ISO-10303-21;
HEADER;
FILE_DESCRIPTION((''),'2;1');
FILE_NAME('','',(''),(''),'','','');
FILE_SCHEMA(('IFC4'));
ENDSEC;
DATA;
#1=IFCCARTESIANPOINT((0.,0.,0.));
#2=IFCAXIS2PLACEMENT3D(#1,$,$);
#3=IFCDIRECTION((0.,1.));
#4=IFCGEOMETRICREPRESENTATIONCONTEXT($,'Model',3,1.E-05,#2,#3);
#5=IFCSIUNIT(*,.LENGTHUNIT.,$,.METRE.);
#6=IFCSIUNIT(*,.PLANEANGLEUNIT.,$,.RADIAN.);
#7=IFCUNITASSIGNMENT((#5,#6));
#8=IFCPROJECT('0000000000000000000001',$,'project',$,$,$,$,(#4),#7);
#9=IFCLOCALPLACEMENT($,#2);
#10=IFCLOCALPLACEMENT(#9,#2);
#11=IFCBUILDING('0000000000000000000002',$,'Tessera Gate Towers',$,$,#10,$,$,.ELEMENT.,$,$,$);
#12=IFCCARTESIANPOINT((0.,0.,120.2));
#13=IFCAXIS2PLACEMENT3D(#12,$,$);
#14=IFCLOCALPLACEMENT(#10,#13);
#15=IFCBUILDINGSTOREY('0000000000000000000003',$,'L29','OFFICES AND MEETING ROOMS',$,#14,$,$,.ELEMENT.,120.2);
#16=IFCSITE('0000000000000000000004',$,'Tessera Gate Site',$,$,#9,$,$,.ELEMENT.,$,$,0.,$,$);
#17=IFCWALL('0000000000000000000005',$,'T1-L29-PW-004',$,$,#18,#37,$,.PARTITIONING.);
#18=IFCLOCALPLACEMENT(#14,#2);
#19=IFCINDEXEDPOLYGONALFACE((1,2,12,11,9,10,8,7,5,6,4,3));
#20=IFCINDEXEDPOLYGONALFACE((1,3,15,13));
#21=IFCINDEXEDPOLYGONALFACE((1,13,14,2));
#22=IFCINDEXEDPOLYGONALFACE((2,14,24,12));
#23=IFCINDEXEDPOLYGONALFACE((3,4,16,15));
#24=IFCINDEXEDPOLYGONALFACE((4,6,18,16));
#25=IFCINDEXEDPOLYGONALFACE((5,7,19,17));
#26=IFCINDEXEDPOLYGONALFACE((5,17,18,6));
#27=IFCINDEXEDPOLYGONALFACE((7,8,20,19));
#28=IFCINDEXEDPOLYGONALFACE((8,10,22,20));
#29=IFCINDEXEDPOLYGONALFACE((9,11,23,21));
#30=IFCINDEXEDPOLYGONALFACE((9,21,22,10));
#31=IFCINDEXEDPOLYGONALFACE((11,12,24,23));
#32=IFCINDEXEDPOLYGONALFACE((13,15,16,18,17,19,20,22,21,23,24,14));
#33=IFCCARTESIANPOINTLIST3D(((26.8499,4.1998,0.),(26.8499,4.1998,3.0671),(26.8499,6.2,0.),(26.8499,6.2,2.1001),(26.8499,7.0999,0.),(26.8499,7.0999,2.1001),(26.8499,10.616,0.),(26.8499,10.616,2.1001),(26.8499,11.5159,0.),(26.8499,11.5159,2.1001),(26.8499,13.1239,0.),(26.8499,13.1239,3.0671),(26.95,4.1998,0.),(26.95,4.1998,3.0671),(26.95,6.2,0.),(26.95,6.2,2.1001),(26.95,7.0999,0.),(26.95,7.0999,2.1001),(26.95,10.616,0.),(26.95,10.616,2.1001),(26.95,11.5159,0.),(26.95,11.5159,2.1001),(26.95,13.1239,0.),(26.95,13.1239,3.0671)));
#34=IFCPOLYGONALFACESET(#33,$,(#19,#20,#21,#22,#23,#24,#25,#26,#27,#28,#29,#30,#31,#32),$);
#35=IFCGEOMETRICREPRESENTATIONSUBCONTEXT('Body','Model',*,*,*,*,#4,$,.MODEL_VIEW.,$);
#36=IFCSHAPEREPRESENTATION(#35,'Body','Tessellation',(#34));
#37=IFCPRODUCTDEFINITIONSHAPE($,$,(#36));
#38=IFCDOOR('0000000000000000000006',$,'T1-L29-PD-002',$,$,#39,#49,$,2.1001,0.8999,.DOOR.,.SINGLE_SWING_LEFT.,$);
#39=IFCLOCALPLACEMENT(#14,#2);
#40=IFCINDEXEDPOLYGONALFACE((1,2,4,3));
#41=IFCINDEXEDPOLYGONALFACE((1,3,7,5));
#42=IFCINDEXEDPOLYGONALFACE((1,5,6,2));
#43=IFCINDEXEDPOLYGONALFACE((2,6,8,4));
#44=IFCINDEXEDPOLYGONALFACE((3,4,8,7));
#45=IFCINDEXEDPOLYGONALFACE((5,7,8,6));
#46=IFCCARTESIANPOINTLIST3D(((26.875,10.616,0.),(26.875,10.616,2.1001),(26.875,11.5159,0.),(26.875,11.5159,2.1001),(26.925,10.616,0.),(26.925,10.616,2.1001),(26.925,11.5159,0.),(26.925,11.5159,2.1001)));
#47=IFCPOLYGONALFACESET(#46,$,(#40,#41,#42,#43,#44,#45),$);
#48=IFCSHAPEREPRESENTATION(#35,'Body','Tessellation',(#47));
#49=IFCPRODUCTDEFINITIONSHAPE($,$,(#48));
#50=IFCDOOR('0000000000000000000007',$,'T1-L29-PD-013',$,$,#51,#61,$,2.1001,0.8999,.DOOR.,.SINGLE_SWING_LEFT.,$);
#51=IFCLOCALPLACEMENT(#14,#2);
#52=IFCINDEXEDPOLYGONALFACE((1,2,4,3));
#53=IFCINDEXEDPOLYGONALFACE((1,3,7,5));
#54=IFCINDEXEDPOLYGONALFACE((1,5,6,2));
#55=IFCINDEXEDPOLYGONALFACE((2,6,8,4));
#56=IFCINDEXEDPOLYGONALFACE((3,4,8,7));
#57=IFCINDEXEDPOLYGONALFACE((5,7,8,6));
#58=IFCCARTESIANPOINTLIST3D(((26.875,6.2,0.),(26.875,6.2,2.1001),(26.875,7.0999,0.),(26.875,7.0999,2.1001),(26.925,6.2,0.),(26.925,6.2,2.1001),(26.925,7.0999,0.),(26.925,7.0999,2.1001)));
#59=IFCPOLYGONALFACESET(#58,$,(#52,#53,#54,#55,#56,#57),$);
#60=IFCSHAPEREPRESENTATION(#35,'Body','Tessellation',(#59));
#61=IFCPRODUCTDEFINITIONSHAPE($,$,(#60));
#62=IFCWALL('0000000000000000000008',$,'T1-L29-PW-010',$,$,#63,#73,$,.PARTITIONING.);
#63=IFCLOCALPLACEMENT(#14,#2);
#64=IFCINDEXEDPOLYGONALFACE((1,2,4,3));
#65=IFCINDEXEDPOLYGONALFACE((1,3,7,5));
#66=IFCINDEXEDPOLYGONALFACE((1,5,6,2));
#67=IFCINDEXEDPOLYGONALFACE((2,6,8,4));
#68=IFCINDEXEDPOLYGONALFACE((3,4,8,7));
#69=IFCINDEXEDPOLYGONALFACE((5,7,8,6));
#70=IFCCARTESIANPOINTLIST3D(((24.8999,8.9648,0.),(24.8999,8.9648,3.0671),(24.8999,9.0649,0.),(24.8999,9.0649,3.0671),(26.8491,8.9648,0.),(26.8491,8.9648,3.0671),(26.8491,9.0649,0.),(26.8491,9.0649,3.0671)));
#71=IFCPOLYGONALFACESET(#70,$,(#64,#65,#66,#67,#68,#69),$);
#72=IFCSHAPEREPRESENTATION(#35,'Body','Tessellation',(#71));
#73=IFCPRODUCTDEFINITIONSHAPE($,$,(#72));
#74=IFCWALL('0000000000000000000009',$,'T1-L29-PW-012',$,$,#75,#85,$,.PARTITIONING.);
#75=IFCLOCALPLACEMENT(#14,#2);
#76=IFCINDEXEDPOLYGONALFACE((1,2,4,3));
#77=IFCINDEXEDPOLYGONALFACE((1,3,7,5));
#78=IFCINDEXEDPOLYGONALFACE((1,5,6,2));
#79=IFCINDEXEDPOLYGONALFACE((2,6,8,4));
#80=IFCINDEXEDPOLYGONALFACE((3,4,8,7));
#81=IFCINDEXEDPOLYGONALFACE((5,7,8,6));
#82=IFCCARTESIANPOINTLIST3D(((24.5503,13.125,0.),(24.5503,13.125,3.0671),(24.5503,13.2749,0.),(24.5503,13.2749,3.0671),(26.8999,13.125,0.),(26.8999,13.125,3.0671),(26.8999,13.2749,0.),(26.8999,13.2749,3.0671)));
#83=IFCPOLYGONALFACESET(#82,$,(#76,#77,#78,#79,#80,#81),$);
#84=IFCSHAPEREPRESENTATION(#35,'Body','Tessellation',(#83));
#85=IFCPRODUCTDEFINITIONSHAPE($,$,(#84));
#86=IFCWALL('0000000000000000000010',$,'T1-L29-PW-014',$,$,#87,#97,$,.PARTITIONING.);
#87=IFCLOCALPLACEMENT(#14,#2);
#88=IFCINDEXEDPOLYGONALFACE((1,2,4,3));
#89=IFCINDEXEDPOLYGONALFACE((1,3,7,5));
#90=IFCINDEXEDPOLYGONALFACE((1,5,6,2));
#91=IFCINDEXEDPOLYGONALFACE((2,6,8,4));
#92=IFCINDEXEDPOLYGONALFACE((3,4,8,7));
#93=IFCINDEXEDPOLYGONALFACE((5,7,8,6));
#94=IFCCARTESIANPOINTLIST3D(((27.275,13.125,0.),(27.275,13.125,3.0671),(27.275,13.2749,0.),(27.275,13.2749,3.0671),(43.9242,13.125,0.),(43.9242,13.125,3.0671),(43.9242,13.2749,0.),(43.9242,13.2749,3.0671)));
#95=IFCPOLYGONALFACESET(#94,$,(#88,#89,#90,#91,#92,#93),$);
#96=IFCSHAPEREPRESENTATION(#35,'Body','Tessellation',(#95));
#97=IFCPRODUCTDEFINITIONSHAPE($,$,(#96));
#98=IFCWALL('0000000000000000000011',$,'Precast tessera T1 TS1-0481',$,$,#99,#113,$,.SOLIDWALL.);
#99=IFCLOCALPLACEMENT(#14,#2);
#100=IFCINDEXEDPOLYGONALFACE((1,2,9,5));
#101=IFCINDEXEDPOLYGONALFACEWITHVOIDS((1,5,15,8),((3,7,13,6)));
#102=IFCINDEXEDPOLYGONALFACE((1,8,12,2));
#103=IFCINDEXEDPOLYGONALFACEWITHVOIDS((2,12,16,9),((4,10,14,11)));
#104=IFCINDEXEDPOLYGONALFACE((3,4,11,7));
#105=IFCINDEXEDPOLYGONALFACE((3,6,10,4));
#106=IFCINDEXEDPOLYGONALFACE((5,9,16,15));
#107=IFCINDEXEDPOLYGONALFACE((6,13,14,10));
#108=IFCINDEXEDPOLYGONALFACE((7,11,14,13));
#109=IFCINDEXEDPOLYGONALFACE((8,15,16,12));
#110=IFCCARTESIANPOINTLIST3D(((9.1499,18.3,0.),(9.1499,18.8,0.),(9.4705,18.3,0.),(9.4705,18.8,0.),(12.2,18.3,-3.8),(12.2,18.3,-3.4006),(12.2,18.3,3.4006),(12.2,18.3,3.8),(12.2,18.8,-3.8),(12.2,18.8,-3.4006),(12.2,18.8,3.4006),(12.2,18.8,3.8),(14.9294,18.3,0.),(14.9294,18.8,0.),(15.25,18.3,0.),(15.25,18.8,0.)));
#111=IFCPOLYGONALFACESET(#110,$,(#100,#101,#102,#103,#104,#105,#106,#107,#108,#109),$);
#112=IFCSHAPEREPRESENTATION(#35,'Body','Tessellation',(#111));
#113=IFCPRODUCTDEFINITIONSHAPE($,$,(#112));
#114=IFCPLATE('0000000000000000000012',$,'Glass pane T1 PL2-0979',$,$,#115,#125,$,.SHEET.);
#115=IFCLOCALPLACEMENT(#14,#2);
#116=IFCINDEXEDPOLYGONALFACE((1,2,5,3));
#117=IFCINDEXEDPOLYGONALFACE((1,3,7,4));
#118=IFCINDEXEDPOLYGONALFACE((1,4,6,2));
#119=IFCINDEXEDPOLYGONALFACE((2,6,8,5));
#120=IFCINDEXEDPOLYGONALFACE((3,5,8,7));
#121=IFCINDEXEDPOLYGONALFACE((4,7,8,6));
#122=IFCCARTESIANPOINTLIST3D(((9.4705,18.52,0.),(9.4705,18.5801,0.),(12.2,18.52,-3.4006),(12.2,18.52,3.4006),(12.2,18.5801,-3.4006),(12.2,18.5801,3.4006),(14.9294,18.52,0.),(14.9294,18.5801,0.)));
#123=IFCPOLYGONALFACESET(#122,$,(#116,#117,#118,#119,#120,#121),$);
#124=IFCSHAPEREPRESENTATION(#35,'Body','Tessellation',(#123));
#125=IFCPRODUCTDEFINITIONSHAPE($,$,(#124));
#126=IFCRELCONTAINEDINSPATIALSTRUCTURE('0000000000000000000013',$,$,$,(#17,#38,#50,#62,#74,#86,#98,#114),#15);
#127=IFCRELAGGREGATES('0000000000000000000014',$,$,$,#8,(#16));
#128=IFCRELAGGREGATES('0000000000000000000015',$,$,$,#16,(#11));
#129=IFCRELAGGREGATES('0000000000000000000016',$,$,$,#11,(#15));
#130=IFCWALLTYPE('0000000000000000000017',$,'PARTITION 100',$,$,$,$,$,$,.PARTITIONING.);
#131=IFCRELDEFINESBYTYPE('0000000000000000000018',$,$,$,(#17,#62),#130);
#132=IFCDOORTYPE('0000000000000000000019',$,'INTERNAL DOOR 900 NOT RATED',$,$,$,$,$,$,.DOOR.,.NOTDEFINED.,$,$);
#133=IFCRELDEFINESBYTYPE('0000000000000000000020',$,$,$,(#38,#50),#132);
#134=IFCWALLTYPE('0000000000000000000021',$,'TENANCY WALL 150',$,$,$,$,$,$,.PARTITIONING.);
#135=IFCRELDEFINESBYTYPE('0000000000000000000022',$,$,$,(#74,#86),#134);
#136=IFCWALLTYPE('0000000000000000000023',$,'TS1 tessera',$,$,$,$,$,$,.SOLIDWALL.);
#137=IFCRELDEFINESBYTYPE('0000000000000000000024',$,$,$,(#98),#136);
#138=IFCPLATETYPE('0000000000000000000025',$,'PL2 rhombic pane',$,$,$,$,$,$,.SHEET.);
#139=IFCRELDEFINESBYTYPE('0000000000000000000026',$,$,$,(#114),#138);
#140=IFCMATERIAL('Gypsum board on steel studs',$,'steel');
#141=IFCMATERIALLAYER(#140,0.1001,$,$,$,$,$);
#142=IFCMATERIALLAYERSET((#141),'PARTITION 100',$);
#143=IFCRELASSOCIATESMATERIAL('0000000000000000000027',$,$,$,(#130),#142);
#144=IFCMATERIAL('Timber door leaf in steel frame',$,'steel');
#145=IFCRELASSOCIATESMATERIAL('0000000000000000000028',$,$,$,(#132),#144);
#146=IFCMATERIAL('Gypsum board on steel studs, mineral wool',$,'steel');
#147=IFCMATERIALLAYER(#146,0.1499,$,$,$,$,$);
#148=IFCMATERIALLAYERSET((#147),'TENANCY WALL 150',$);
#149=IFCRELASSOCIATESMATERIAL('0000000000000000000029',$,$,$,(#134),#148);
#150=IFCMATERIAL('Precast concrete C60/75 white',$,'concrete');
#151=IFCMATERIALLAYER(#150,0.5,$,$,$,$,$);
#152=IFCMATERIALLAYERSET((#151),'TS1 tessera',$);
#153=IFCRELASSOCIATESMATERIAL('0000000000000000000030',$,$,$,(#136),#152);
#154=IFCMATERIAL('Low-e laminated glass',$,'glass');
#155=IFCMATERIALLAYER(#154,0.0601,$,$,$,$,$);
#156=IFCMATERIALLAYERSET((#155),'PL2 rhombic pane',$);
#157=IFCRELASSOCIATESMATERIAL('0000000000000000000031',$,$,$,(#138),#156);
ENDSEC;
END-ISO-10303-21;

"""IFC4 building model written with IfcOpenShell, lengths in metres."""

from ifc_helpers import new_model, si_unit, direction, frame, frame_2d, origin, place, context, subcontext, project, spatial, polyline, rectangle, outline, extrude, source, transform, mapped, material, layer, layer_set, type_object, element, fill, save


model = new_model("IFC4")

# Units and contexts
model_context = context("Model", 3, precision=1e-05, world=origin(), true_north=direction((0.0, 1.0)))
body_context = subcontext(model_context, "Body", "Model", "MODEL_VIEW")
ifc_project = project(units=[si_unit("LENGTHUNIT", "METRE"), si_unit("PLANEANGLEUNIT", "RADIAN")], contexts=[model_context])

# Site, building, storey
site_placement = place(None, origin())
site = spatial("IfcSite", under=ifc_project, at=site_placement, Name="Tessera Gate Site", CompositionType="ELEMENT", RefElevation=0.0)
building_placement = place(site_placement, origin())
building = spatial("IfcBuilding", under=site, at=building_placement, Name="Tessera Gate Towers", CompositionType="ELEMENT")
storey_placement = place(building_placement, frame((0.0, 0.0, 120.2)))
storey = spatial("IfcBuildingStorey", under=building, at=storey_placement, Name="L29", Description="OFFICES AND MEETING ROOMS", CompositionType="ELEMENT", Elevation=120.2)

# Shared definitions
shared_shape_1 = source(origin(), body_context, "Body", "SweptSolid", [
    extrude(rectangle(XDim=0.8999, YDim=2.1001, at=frame_2d((0.45, 1.05))), frame((0.0, 0.0601, 0.0), z_axis=(0.0, -1.0, 0.0), x_axis=(1.0, 0.0, 0.0)), (0.0, 0.0, 1.0), 0.1201),
])
shared_shape_2 = source(origin(), body_context, "Body", "SweptSolid", [
    extrude(rectangle(XDim=0.8999, YDim=2.1001, at=frame_2d((0.45, 1.05))), frame((0.0, 0.0249, 0.0), z_axis=(0.0, -1.0, 0.0), x_axis=(1.0, 0.0, 0.0)), (0.0, 0.0, 1.0), 0.05),
])

# Shared definitions
ifc_material_1 = material(Name="Gypsum board on steel studs", Category="steel")
ifc_layer_1 = layer(ifc_material_1, 0.1001)
ifc_layer_set_1 = layer_set([ifc_layer_1], Name="PARTITION 100")
wall_type_1 = type_object("IfcWallType", Name="PARTITION 100", PredefinedType="PARTITIONING", material=ifc_layer_set_1)

# Wall, openings, doors
wall_1_placement = place(storey_placement, frame((26.8999, 4.2, 0.0), z_axis=(0.0, 0.0, 1.0), x_axis=(0.0, 1.0, 0.0)))
wall_1 = element("IfcWall", 1, at=wall_1_placement, inside=storey, type_object=wall_type_1, Name="T1-L29-PW-004", PredefinedType="PARTITIONING", context=body_context, shape_type="SweptSolid", body=[
    extrude(rectangle(XDim=8.9241, YDim=0.1001, at=frame_2d((4.4619, 0.0))), origin(), (0.0, 0.0, 1.0), 3.0671),
])
opening_1_placement = place(wall_1_placement, frame((6.416, 0.0, 0.0)))
opening_1 = element("IfcOpeningElement", 2, at=opening_1_placement, cuts=wall_1, PredefinedType="OPENING", context=body_context, shape_type="MappedRepresentation", body=[
    mapped(shared_shape_1, transform((0.0, 0.0, 0.0), scale=1.0)),
])
opening_2_placement = place(wall_1_placement, frame((2.0, 0.0, 0.0)))
opening_2 = element("IfcOpeningElement", 3, at=opening_2_placement, cuts=wall_1, PredefinedType="OPENING", context=body_context, shape_type="MappedRepresentation", body=[
    mapped(shared_shape_1, transform((0.0, 0.0, 0.0), scale=1.0)),
])
ifc_material_2 = material(Name="Timber door leaf in steel frame", Category="steel")
door_type_1 = type_object("IfcDoorType", Name="INTERNAL DOOR 900 NOT RATED", OperationType="NOTDEFINED", PredefinedType="DOOR", material=ifc_material_2)
door_1_placement = place(opening_1_placement, origin())
door_1 = element("IfcDoor", 4, at=door_1_placement, inside=storey, type_object=door_type_1, Name="T1-L29-PD-002", OperationType="SINGLE_SWING_LEFT", OverallHeight=2.1001, OverallWidth=0.8999, PredefinedType="DOOR", context=body_context, shape_type="MappedRepresentation", body=[
    mapped(shared_shape_2, transform((0.0, 0.0, 0.0), scale=1.0)),
])
fill(opening_1, door_1)
door_2_placement = place(opening_2_placement, origin())
door_2 = element("IfcDoor", 5, at=door_2_placement, inside=storey, type_object=door_type_1, Name="T1-L29-PD-013", OperationType="SINGLE_SWING_LEFT", OverallHeight=2.1001, OverallWidth=0.8999, PredefinedType="DOOR", context=body_context, shape_type="MappedRepresentation", body=[
    mapped(shared_shape_2, transform((0.0, 0.0, 0.0), scale=1.0)),
])
fill(opening_2, door_2)

# Walls
wall_2_placement = place(storey_placement, frame((24.8999, 9.0149, 0.0), z_axis=(0.0, 0.0, 1.0), x_axis=(1.0, 0.0, 0.0)))
element("IfcWall", 6, at=wall_2_placement, inside=storey, type_object=wall_type_1, Name="T1-L29-PW-010", PredefinedType="PARTITIONING", context=body_context, shape_type="SweptSolid", body=[
    extrude(rectangle(XDim=1.9492, YDim=0.1001, at=frame_2d((0.9746, 0.0))), origin(), (0.0, 0.0, 1.0), 3.0671),
])
ifc_material_3 = material(Name="Gypsum board on steel studs, mineral wool", Category="steel")
ifc_layer_2 = layer(ifc_material_3, 0.1499)
ifc_layer_set_2 = layer_set([ifc_layer_2], Name="TENANCY WALL 150")
wall_type_2 = type_object("IfcWallType", Name="TENANCY WALL 150", PredefinedType="PARTITIONING", material=ifc_layer_set_2)
wall_3_placement = place(storey_placement, frame((24.5503, 13.2, 0.0), z_axis=(0.0, 0.0, 1.0), x_axis=(1.0, 0.0, 0.0)))
element("IfcWall", 7, at=wall_3_placement, inside=storey, type_object=wall_type_2, Name="T1-L29-PW-012", PredefinedType="PARTITIONING", context=body_context, shape_type="SweptSolid", body=[
    extrude(rectangle(XDim=2.3496, YDim=0.1499, at=frame_2d((1.1748, 0.0))), origin(), (0.0, 0.0, 1.0), 3.0671),
])
wall_4_placement = place(storey_placement, frame((27.2749, 13.2, 0.0), z_axis=(0.0, 0.0, 1.0), x_axis=(1.0, 0.0, 0.0)))
element("IfcWall", 8, at=wall_4_placement, inside=storey, type_object=wall_type_2, Name="T1-L29-PW-014", PredefinedType="PARTITIONING", context=body_context, shape_type="SweptSolid", body=[
    extrude(rectangle(XDim=16.6492, YDim=0.1499, at=frame_2d((8.3247, 0.0))), origin(), (0.0, 0.0, 1.0), 3.0671),
])

# Wall, opening, plate
ifc_material_4 = material(Name="Precast concrete C60/75 white", Category="concrete")
ifc_layer_3 = layer(ifc_material_4, 0.5)
ifc_layer_set_3 = layer_set([ifc_layer_3], Name="TS1 tessera")
wall_type_3 = type_object("IfcWallType", Name="TS1 tessera", PredefinedType="SOLIDWALL", material=ifc_layer_set_3)
shared_shape_3 = source(origin(), body_context, "Body", "SweptSolid", [
    extrude(outline(polyline([(3.05, 0.0), (6.1001, 3.8), (3.05, 7.6001), (0.0, 3.8), (3.05, 0.0)])), frame((0.0, 0.25, 0.0), z_axis=(0.0, -1.0, 0.0), x_axis=(1.0, 0.0, 0.0)), (0.0, 0.0, 1.0), 0.5),
])
wall_5_placement = place(storey_placement, frame((9.1499, 18.55, -3.8), z_axis=(0.0, 0.0, 1.0), x_axis=(1.0, 0.0, 0.0)))
wall_5 = element("IfcWall", 9, at=wall_5_placement, inside=storey, type_object=wall_type_3, Name="Precast tessera T1 TS1-0481", PredefinedType="SOLIDWALL", context=body_context, shape_type="MappedRepresentation", body=[
    mapped(shared_shape_3, transform((0.0, 0.0, 0.0), scale=1.0)),
])
shared_shape_4 = source(origin(), body_context, "Body", "SweptSolid", [
    extrude(outline(polyline([(3.05, 0.3994), (5.7795, 3.8), (3.05, 7.2007), (0.3206, 3.8), (3.05, 0.3994)])), frame((0.0, 0.26, 0.0), z_axis=(0.0, -1.0, 0.0), x_axis=(1.0, 0.0, 0.0)), (0.0, 0.0, 1.0), 0.52),
])
opening_3_placement = place(wall_5_placement, origin())
opening_3 = element("IfcOpeningElement", 10, at=opening_3_placement, cuts=wall_5, PredefinedType="OPENING", context=body_context, shape_type="MappedRepresentation", body=[
    mapped(shared_shape_4, transform((0.0, 0.0, 0.0), scale=1.0)),
])
ifc_material_5 = material(Name="Low-e laminated glass", Category="glass")
ifc_layer_4 = layer(ifc_material_5, 0.0601)
ifc_layer_set_4 = layer_set([ifc_layer_4], Name="PL2 rhombic pane")
plate_type = type_object("IfcPlateType", Name="PL2 rhombic pane", PredefinedType="SHEET", material=ifc_layer_set_4)
shared_shape_5 = source(origin(), body_context, "Body", "SweptSolid", [
    extrude(outline(polyline([(3.05, 0.3994), (5.7795, 3.8), (3.05, 7.2007), (0.3206, 3.8), (3.05, 0.3994)])), frame((0.0, 0.03, 0.0), z_axis=(0.0, -1.0, 0.0), x_axis=(1.0, 0.0, 0.0)), (0.0, 0.0, 1.0), 0.0601),
])
plate_placement = place(opening_3_placement, origin())
plate = element("IfcPlate", 11, at=plate_placement, inside=storey, type_object=plate_type, Name="Glass pane T1 PL2-0979", PredefinedType="SHEET", context=body_context, shape_type="MappedRepresentation", body=[
    mapped(shared_shape_5, transform((0.0, 0.0, 0.0), scale=1.0)),
])
fill(opening_3, plate)

save(model, "model.ifc")
